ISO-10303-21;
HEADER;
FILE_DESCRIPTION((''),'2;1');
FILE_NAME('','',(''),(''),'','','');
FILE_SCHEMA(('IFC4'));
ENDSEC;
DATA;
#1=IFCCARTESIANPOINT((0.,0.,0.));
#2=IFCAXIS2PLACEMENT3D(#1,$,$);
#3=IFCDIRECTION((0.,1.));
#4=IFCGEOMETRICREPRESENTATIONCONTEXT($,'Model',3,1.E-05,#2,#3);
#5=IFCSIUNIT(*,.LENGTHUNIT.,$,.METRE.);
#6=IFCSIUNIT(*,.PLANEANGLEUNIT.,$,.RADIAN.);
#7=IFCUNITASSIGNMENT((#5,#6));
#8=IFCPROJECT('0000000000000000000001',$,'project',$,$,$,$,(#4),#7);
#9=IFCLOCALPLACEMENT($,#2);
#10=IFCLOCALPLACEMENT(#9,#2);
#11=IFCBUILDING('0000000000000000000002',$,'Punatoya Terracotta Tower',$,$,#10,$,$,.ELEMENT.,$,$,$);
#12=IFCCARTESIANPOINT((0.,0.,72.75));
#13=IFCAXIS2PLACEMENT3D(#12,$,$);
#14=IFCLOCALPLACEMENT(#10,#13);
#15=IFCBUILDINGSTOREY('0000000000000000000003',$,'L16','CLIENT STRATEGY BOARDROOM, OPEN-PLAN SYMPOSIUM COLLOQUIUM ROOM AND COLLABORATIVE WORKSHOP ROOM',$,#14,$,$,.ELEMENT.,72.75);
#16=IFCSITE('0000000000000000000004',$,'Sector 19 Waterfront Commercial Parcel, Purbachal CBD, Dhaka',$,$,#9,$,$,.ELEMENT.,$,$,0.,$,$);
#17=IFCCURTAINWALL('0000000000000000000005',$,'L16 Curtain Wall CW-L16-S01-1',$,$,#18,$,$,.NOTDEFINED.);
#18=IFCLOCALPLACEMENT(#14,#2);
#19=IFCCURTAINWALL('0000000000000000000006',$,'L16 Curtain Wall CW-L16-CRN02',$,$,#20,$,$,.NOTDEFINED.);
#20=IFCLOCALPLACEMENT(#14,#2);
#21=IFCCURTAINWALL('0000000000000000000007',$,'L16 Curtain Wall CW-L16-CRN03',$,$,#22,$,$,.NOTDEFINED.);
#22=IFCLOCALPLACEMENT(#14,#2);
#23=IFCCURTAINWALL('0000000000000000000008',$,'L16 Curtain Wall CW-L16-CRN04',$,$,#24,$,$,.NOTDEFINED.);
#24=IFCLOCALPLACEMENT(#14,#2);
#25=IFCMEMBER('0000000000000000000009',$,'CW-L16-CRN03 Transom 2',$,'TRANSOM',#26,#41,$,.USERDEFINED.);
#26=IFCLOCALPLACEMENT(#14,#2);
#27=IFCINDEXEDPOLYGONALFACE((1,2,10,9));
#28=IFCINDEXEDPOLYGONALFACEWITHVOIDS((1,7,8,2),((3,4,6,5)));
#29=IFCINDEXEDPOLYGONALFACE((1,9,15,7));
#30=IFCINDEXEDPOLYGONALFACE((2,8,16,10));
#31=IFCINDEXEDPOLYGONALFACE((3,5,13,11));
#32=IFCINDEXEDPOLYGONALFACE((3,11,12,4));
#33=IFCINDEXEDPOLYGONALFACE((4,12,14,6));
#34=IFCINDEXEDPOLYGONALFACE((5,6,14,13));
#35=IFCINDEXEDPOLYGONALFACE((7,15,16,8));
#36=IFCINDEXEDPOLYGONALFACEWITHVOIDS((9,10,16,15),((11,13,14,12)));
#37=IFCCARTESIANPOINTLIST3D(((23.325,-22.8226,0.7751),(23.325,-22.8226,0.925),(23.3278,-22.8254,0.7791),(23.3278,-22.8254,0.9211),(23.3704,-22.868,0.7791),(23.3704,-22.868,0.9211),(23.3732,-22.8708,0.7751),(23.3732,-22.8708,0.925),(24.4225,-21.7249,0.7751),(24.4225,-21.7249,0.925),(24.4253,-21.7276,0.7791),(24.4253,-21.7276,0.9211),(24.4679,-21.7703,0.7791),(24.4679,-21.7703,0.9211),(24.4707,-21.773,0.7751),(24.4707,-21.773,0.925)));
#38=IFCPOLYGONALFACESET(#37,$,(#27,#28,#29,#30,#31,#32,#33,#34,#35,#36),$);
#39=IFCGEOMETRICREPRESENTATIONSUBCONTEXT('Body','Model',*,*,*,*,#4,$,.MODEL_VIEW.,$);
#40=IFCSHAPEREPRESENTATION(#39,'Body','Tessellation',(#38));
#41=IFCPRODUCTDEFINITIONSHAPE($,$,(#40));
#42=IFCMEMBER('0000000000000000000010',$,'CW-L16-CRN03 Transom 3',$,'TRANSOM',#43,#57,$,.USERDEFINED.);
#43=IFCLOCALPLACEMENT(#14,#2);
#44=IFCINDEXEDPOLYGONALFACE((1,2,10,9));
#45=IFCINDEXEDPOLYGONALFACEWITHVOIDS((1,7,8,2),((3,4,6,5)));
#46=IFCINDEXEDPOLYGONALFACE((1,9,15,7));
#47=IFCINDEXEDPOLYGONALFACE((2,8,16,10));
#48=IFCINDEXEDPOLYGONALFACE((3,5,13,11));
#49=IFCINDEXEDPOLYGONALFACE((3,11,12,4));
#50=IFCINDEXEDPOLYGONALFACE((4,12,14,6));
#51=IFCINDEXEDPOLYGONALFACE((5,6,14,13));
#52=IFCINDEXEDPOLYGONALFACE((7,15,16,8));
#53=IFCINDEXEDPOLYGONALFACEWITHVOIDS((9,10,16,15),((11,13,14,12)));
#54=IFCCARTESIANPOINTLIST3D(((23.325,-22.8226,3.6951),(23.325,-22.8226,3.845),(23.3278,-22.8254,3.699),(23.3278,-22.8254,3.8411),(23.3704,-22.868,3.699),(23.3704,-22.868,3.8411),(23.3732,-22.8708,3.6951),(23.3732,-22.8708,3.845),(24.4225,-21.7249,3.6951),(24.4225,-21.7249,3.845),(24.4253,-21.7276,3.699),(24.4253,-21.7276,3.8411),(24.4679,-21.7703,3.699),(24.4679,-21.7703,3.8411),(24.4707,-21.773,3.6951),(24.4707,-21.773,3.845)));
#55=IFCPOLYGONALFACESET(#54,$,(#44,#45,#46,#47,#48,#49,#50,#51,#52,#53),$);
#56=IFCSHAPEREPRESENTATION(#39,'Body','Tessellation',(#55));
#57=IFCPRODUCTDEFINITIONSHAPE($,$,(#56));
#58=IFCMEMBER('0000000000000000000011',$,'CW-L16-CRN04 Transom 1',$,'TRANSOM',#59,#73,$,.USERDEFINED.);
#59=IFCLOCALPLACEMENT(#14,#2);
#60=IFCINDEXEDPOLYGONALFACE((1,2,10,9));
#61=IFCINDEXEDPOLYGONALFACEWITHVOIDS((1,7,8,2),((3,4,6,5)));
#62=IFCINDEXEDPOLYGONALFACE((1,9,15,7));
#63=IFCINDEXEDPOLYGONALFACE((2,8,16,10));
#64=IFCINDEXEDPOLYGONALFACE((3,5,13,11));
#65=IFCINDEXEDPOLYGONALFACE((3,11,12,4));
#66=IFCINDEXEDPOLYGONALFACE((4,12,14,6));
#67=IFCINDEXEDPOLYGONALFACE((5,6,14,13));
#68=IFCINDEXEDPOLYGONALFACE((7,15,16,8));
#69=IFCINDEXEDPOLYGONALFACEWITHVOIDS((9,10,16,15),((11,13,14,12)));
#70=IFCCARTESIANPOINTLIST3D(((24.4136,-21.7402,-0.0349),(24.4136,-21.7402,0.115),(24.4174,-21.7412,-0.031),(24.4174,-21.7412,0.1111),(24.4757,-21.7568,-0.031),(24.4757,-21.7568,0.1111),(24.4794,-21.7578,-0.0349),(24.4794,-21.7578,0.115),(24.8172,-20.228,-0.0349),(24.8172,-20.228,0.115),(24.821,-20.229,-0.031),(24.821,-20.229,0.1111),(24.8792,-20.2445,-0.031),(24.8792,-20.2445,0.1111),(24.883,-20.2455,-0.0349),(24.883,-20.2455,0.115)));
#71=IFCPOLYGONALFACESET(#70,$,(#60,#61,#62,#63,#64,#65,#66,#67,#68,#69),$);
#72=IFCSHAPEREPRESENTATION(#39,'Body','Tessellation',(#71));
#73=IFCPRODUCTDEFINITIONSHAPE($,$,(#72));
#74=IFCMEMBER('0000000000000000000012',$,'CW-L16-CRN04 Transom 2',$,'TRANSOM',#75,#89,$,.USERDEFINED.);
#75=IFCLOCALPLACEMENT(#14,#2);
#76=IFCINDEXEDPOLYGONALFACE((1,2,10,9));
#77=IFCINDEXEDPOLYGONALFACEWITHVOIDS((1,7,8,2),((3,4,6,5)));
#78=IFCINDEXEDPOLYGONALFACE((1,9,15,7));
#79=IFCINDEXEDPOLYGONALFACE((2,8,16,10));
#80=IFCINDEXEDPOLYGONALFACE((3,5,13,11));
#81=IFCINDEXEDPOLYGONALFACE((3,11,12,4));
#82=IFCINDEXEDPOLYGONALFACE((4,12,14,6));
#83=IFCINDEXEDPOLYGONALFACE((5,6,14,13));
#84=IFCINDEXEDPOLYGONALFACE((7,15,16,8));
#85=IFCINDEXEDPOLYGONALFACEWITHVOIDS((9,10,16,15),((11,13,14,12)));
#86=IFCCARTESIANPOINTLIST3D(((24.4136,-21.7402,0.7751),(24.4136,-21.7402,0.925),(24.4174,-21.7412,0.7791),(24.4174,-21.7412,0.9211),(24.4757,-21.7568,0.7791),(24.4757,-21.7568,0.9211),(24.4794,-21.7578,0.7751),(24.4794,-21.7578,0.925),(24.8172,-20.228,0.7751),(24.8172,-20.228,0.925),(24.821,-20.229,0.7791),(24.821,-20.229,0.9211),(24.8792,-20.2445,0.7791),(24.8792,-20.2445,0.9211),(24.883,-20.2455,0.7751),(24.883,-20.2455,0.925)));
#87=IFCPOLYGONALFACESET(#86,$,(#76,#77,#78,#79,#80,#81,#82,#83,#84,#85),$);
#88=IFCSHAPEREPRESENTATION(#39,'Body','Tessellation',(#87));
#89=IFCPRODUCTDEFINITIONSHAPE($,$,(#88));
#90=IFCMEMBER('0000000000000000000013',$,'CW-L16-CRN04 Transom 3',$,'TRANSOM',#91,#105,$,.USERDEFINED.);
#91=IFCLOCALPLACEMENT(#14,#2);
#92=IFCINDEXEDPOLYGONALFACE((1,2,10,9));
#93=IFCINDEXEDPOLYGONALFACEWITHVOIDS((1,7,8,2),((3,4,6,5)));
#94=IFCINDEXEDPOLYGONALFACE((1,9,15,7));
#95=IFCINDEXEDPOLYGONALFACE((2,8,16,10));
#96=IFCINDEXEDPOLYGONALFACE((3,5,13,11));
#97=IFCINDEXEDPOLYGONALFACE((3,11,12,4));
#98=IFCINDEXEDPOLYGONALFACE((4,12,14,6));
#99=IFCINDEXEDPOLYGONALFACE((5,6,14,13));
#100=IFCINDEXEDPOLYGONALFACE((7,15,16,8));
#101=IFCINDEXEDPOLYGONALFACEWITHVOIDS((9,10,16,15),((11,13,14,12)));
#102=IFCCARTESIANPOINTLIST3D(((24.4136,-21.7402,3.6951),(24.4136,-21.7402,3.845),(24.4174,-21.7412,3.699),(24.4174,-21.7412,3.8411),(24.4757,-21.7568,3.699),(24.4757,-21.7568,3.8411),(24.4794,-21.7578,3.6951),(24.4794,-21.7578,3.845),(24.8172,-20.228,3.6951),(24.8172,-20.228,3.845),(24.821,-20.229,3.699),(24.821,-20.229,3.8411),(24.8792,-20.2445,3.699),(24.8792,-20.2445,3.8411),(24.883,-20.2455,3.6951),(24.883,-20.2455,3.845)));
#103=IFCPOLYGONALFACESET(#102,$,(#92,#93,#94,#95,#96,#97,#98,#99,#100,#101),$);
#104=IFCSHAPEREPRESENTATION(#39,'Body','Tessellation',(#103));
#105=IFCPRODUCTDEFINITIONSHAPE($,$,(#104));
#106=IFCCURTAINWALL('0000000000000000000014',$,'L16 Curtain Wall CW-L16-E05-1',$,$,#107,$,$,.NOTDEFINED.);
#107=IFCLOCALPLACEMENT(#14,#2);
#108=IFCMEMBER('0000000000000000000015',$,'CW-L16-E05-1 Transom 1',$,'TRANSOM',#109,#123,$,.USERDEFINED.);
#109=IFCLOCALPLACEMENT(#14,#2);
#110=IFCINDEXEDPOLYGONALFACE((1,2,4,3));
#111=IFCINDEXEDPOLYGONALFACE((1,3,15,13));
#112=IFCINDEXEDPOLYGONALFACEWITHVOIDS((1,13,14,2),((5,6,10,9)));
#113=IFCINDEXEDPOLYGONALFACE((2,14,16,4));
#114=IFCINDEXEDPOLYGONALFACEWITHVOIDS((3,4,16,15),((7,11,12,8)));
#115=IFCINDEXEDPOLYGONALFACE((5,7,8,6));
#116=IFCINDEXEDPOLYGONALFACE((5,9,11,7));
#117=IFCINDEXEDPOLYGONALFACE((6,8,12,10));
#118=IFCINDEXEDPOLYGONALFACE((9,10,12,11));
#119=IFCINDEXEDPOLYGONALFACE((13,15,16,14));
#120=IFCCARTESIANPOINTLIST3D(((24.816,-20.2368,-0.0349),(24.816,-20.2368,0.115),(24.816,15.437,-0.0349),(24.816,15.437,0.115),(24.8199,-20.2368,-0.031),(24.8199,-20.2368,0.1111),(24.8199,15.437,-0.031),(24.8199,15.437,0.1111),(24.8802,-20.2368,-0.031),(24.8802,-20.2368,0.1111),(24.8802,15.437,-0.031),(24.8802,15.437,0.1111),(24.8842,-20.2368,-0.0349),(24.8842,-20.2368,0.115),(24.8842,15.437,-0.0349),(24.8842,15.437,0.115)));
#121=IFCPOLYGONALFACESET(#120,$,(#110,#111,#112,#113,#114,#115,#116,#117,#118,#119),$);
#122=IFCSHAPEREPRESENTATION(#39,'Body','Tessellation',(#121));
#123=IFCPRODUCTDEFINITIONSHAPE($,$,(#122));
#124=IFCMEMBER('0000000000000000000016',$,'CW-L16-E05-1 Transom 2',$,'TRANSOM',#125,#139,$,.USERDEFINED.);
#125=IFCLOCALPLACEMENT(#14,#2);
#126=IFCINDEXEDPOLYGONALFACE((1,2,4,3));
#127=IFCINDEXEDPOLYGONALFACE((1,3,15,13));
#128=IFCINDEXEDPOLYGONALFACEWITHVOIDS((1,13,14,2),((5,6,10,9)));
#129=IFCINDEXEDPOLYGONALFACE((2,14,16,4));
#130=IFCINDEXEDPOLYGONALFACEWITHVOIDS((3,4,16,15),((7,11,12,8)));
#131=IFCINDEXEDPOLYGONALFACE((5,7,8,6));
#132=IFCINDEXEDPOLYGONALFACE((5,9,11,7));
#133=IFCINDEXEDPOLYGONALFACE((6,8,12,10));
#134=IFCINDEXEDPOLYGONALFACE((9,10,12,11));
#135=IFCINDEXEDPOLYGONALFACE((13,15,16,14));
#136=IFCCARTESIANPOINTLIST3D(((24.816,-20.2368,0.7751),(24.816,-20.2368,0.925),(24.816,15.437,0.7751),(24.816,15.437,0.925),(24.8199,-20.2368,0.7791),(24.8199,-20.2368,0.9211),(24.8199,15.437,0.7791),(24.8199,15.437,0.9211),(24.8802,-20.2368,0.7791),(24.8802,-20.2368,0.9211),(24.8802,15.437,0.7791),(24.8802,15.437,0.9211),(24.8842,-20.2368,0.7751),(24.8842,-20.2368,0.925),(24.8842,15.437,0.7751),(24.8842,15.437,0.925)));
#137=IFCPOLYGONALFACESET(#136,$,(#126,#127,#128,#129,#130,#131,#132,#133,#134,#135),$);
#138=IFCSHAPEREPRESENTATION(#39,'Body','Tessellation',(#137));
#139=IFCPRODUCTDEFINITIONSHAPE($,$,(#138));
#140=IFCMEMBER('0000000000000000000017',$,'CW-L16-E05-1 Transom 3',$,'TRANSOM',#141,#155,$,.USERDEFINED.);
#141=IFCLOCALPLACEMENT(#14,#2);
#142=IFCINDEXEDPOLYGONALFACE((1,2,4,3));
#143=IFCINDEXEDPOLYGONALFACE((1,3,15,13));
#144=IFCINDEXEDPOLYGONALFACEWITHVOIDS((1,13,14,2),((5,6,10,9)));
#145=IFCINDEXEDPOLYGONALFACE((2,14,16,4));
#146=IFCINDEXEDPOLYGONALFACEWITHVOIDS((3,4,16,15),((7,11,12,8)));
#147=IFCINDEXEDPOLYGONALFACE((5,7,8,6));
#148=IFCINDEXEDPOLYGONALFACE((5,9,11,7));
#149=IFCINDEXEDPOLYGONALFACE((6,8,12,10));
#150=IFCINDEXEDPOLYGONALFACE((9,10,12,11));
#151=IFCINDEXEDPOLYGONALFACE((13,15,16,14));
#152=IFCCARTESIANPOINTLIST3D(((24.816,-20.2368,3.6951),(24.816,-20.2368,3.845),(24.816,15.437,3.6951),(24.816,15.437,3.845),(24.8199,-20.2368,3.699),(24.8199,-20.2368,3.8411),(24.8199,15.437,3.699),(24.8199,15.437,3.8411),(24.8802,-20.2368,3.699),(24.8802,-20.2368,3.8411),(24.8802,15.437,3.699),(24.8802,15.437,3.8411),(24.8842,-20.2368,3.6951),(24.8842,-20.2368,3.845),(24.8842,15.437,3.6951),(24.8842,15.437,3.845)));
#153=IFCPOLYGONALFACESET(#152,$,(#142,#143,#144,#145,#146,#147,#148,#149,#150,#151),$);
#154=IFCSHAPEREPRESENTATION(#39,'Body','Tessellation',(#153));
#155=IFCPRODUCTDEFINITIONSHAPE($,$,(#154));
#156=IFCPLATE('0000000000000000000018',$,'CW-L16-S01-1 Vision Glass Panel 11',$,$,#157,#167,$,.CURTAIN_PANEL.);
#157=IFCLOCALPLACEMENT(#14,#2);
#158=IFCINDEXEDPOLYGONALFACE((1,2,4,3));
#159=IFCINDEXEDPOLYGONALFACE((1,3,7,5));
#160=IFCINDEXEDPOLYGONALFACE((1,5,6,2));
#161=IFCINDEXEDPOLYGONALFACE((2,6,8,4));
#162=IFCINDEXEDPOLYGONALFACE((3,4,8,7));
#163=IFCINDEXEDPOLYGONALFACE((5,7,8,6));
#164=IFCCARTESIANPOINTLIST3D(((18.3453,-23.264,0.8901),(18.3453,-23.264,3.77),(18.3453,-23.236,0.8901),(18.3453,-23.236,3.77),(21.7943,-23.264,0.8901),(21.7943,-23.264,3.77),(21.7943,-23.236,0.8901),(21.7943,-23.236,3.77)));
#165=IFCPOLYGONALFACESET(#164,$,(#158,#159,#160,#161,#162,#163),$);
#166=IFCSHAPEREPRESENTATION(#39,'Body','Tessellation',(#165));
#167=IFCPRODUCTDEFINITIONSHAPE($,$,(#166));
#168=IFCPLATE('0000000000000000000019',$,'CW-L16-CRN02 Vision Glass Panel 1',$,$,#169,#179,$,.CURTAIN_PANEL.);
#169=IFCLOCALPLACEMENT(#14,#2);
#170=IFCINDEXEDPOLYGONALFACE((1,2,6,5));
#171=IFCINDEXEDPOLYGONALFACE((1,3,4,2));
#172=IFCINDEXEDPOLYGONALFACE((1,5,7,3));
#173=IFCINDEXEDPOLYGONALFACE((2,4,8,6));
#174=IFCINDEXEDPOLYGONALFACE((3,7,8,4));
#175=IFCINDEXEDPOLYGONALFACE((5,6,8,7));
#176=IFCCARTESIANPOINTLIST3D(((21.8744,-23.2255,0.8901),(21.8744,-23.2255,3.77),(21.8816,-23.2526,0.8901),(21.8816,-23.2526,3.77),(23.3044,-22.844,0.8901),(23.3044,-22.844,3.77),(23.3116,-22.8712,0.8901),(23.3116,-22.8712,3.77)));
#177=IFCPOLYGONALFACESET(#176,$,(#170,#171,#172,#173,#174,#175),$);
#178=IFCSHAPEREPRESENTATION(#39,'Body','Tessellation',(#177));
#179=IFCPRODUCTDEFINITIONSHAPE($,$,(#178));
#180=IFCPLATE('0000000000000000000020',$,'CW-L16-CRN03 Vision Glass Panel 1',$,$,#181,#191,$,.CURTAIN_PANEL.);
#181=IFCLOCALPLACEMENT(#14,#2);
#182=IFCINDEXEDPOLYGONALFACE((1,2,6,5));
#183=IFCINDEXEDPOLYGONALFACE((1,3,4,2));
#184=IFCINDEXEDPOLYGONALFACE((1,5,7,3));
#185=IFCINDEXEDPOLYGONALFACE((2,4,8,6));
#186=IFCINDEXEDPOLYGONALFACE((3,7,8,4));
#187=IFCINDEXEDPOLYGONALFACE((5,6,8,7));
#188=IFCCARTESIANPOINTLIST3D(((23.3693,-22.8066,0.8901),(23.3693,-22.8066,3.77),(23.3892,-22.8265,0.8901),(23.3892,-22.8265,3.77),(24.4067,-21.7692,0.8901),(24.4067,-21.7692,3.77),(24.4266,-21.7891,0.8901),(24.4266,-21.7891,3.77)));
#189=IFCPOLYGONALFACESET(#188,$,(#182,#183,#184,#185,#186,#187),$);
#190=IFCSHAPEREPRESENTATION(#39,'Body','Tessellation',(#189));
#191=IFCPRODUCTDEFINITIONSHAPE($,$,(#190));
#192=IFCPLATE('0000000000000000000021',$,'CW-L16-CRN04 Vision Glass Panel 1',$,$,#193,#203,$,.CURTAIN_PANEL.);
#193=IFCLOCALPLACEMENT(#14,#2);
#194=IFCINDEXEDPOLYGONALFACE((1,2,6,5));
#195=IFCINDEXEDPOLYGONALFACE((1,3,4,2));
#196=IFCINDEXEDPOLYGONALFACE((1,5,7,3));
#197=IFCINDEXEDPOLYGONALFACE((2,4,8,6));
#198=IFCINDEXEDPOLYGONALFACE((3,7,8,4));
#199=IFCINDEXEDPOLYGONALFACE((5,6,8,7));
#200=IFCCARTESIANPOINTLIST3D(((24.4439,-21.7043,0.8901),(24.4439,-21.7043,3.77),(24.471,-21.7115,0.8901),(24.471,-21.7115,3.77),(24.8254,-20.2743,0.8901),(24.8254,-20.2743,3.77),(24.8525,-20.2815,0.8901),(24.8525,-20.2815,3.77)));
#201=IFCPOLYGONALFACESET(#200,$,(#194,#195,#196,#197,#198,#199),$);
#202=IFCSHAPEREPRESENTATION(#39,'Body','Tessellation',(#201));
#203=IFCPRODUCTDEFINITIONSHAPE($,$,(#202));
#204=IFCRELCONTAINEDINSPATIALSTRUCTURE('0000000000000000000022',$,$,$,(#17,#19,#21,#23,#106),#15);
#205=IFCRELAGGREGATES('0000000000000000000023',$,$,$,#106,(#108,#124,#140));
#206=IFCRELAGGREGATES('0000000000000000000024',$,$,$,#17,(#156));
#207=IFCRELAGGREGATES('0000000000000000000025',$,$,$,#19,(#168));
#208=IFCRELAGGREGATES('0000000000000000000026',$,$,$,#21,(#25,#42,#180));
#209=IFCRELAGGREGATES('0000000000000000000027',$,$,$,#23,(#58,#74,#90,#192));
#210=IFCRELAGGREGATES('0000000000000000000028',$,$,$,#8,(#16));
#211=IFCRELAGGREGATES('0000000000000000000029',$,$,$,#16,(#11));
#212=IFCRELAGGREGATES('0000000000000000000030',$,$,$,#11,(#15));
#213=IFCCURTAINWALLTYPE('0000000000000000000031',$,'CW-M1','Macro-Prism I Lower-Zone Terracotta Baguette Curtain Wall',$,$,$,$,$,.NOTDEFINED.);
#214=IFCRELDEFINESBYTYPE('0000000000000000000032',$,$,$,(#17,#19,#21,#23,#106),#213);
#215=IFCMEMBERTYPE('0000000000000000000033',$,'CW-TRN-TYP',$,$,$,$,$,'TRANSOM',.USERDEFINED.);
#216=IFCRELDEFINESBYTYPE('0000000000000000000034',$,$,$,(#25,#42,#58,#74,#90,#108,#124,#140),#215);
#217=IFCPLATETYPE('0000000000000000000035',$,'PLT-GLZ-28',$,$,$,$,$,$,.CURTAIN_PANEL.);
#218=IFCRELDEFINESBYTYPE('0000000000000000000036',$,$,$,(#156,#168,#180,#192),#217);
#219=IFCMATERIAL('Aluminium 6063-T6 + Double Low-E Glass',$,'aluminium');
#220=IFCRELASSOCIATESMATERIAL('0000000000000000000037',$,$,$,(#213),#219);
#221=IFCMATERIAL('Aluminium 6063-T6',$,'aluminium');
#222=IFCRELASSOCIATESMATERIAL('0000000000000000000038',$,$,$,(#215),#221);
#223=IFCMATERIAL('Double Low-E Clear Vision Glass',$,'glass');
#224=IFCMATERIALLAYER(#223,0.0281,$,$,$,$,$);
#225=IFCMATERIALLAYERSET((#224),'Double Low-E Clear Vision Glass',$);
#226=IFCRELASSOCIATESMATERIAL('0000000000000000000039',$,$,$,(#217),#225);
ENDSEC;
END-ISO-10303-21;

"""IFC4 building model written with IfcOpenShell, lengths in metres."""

from ifc_helpers import new_model, si_unit, direction, frame, origin, origin_2d, place, context, subcontext, project, spatial, rectangle, hollow_rectangle, extrude, material, layer, layer_set, material_profile, profile_set, type_object, element, aggregate, save


model = new_model("IFC4")

# Units and contexts
model_context = context("Model", 3, precision=1e-05, world=origin(), true_north=direction((0.0, 1.0)))
body_context = subcontext(model_context, "Body", "Model", "MODEL_VIEW")
ifc_project = project(units=[si_unit("LENGTHUNIT", "METRE"), si_unit("PLANEANGLEUNIT", "RADIAN")], contexts=[model_context])

# Site, building, storey
site_placement = place(None, origin())
site = spatial("IfcSite", under=ifc_project, at=site_placement, Name="Sector 19 Waterfront Commercial Parcel, Purbachal CBD, Dhaka", CompositionType="ELEMENT", RefElevation=0.0)
building_placement = place(site_placement, origin())
building = spatial("IfcBuilding", under=site, at=building_placement, Name="Punatoya Terracotta Tower", CompositionType="ELEMENT")
storey_placement = place(building_placement, frame((0.0, 0.0, 72.75)))
storey = spatial("IfcBuildingStorey", under=building, at=storey_placement, Name="L16", Description="CLIENT STRATEGY BOARDROOM, OPEN-PLAN SYMPOSIUM COLLOQUIUM ROOM AND COLLABORATIVE WORKSHOP ROOM", CompositionType="ELEMENT", Elevation=72.75)

# Curtain wall
ifc_material_1 = material(Name="Aluminium 6063-T6 + Double Low-E Glass", Category="aluminium")
curtain_wall_type = type_object("IfcCurtainWallType", Name="CW-M1", Description="Macro-Prism I Lower-Zone Terracotta Baguette Curtain Wall", PredefinedType="NOTDEFINED", material=ifc_material_1)
curtain_wall_1_placement = place(storey_placement, origin())
curtain_wall_1 = element("IfcCurtainWall", 1, at=curtain_wall_1_placement, inside=storey, type_object=curtain_wall_type, Name="L16 Curtain Wall CW-L16-S01-1", PredefinedType="NOTDEFINED")
ifc_material_2 = material(Name="Aluminium 6063-T6", Category="aluminium")

# Curtain walls
curtain_wall_2_placement = place(storey_placement, origin())
curtain_wall_2 = element("IfcCurtainWall", 2, at=curtain_wall_2_placement, inside=storey, type_object=curtain_wall_type, Name="L16 Curtain Wall CW-L16-CRN02", PredefinedType="NOTDEFINED")
curtain_wall_3_placement = place(storey_placement, origin())
curtain_wall_3 = element("IfcCurtainWall", 3, at=curtain_wall_3_placement, inside=storey, type_object=curtain_wall_type, Name="L16 Curtain Wall CW-L16-CRN03", PredefinedType="NOTDEFINED")
curtain_wall_4_placement = place(storey_placement, origin())
curtain_wall_4 = element("IfcCurtainWall", 4, at=curtain_wall_4_placement, inside=storey, type_object=curtain_wall_type, Name="L16 Curtain Wall CW-L16-CRN04", PredefinedType="NOTDEFINED")

# Members
ifc_material_profile_1 = material_profile(ifc_material_2, hollow_rectangle(XDim=0.0681, YDim=0.1499, WallThickness=0.0039, at=origin_2d()))
ifc_profile_set_1 = profile_set([ifc_material_profile_1], Name="Aluminium 6063-T6")
member_type_1 = type_object("IfcMemberType", Name="CW-TRN-TYP", ElementType="TRANSOM", PredefinedType="USERDEFINED", material=ifc_profile_set_1)
member_1_placement = place(storey_placement, frame((23.3491, -22.8467, 0.8501), z_axis=(0.707028, 0.707185, 0.0), x_axis=(-0.707185, 0.707028, 0.0)))
member_1 = element("IfcMember", 5, at=member_1_placement, type_object=member_type_1, Name="CW-L16-CRN03 Transom 2", ObjectType="TRANSOM", PredefinedType="USERDEFINED", context=body_context, shape_type="SweptSolid", body=[
    extrude(hollow_rectangle(XDim=0.0681, YDim=0.1499, WallThickness=0.0039, at=origin_2d()), origin(), (0.0, 0.0, 1.0), 1.5522),
])
member_2_placement = place(storey_placement, frame((23.3491, -22.8467, 3.77), z_axis=(0.707028, 0.707185, 0.0), x_axis=(-0.707185, 0.707028, 0.0)))
member_2 = element("IfcMember", 6, at=member_2_placement, type_object=member_type_1, Name="CW-L16-CRN03 Transom 3", ObjectType="TRANSOM", PredefinedType="USERDEFINED", context=body_context, shape_type="SweptSolid", body=[
    extrude(hollow_rectangle(XDim=0.0681, YDim=0.1499, WallThickness=0.0039, at=origin_2d()), origin(), (0.0, 0.0, 1.0), 1.5522),
])
member_3_placement = place(storey_placement, frame((24.4465, -21.749, 0.04), z_axis=(0.257847, 0.966186, 0.0), x_axis=(-0.966186, 0.257847, 0.0)))
member_3 = element("IfcMember", 7, at=member_3_placement, type_object=member_type_1, Name="CW-L16-CRN04 Transom 1", ObjectType="TRANSOM", PredefinedType="USERDEFINED", context=body_context, shape_type="SweptSolid", body=[
    extrude(hollow_rectangle(XDim=0.0681, YDim=0.1499, WallThickness=0.0039, at=origin_2d()), origin(), (0.0, 0.0, 1.0), 1.5652),
])
member_4_placement = place(storey_placement, frame((24.4465, -21.749, 0.8501), z_axis=(0.257847, 0.966186, 0.0), x_axis=(-0.966186, 0.257847, 0.0)))
member_4 = element("IfcMember", 8, at=member_4_placement, type_object=member_type_1, Name="CW-L16-CRN04 Transom 2", ObjectType="TRANSOM", PredefinedType="USERDEFINED", context=body_context, shape_type="SweptSolid", body=[
    extrude(hollow_rectangle(XDim=0.0681, YDim=0.1499, WallThickness=0.0039, at=origin_2d()), origin(), (0.0, 0.0, 1.0), 1.5652),
])
member_5_placement = place(storey_placement, frame((24.4465, -21.749, 3.77), z_axis=(0.257847, 0.966186, 0.0), x_axis=(-0.966186, 0.257847, 0.0)))
member_5 = element("IfcMember", 9, at=member_5_placement, type_object=member_type_1, Name="CW-L16-CRN04 Transom 3", ObjectType="TRANSOM", PredefinedType="USERDEFINED", context=body_context, shape_type="SweptSolid", body=[
    extrude(hollow_rectangle(XDim=0.0681, YDim=0.1499, WallThickness=0.0039, at=origin_2d()), origin(), (0.0, 0.0, 1.0), 1.5652),
])

# Curtain wall, members
curtain_wall_5_placement = place(storey_placement, origin())
curtain_wall_5 = element("IfcCurtainWall", 10, at=curtain_wall_5_placement, inside=storey, type_object=curtain_wall_type, Name="L16 Curtain Wall CW-L16-E05-1", PredefinedType="NOTDEFINED")
member_6_placement = place(storey_placement, frame((24.8501, -20.2368, 0.04), z_axis=(0.0, 1.0, 0.0), x_axis=(-1.0, 0.0, 0.0)))
member_6 = element("IfcMember", 11, at=member_6_placement, type_object=member_type_1, Name="CW-L16-E05-1 Transom 1", ObjectType="TRANSOM", PredefinedType="USERDEFINED", context=body_context, shape_type="SweptSolid", body=[
    extrude(hollow_rectangle(XDim=0.0681, YDim=0.1499, WallThickness=0.0039, at=origin_2d()), origin(), (0.0, 0.0, 1.0), 35.6738),
])
member_7_placement = place(storey_placement, frame((24.8501, -20.2368, 0.8501), z_axis=(0.0, 1.0, 0.0), x_axis=(-1.0, 0.0, 0.0)))
member_7 = element("IfcMember", 12, at=member_7_placement, type_object=member_type_1, Name="CW-L16-E05-1 Transom 2", ObjectType="TRANSOM", PredefinedType="USERDEFINED", context=body_context, shape_type="SweptSolid", body=[
    extrude(hollow_rectangle(XDim=0.0681, YDim=0.1499, WallThickness=0.0039, at=origin_2d()), origin(), (0.0, 0.0, 1.0), 35.6738),
])
member_8_placement = place(storey_placement, frame((24.8501, -20.2368, 3.77), z_axis=(0.0, 1.0, 0.0), x_axis=(-1.0, 0.0, 0.0)))
member_8 = element("IfcMember", 13, at=member_8_placement, type_object=member_type_1, Name="CW-L16-E05-1 Transom 3", ObjectType="TRANSOM", PredefinedType="USERDEFINED", context=body_context, shape_type="SweptSolid", body=[
    extrude(hollow_rectangle(XDim=0.0681, YDim=0.1499, WallThickness=0.0039, at=origin_2d()), origin(), (0.0, 0.0, 1.0), 35.6738),
])
aggregate(curtain_wall_5, [member_6, member_7, member_8])

# Plates
ifc_material_3 = material(Name="Double Low-E Clear Vision Glass", Category="glass")
ifc_layer_1 = layer(ifc_material_3, 0.0281)
ifc_layer_set_1 = layer_set([ifc_layer_1], Name="Double Low-E Clear Vision Glass")
plate_type_1 = type_object("IfcPlateType", Name="PLT-GLZ-28", PredefinedType="CURTAIN_PANEL", material=ifc_layer_set_1)
plate_1_placement = place(storey_placement, frame((20.0698, -23.25, 0.8901), z_axis=(0.0, 0.0, 1.0), x_axis=(1.0, 0.0, 0.0)))
plate_1 = element("IfcPlate", 14, at=plate_1_placement, type_object=plate_type_1, Name="CW-L16-S01-1 Vision Glass Panel 11", PredefinedType="CURTAIN_PANEL", context=body_context, shape_type="SweptSolid", body=[
    extrude(rectangle(XDim=3.449, YDim=0.0281, at=origin_2d()), origin(), (0.0, 0.0, 1.0), 2.8799),
])
plate_2_placement = place(storey_placement, frame((22.593, -23.0483, 0.8901), z_axis=(0.0, 0.0, 1.0), x_axis=(0.966214, 0.257742, 0.0)))
plate_2 = element("IfcPlate", 15, at=plate_2_placement, type_object=plate_type_1, Name="CW-L16-CRN02 Vision Glass Panel 1", PredefinedType="CURTAIN_PANEL", context=body_context, shape_type="SweptSolid", body=[
    extrude(rectangle(XDim=1.48, YDim=0.0281, at=origin_2d()), origin(), (0.0, 0.0, 1.0), 2.8799),
])
plate_3_placement = place(storey_placement, frame((23.8979, -22.2979, 0.8901), z_axis=(0.0, 0.0, 1.0), x_axis=(0.707107, 0.707107, 0.0)))
plate_3 = element("IfcPlate", 16, at=plate_3_placement, type_object=plate_type_1, Name="CW-L16-CRN03 Vision Glass Panel 1", PredefinedType="CURTAIN_PANEL", context=body_context, shape_type="SweptSolid", body=[
    extrude(rectangle(XDim=1.467, YDim=0.0281, at=origin_2d()), origin(), (0.0, 0.0, 1.0), 2.8799),
])
plate_4_placement = place(storey_placement, frame((24.6482, -20.9929, 0.8901), z_axis=(0.0, 0.0, 1.0), x_axis=(0.257742, 0.966214, 0.0)))
plate_4 = element("IfcPlate", 17, at=plate_4_placement, type_object=plate_type_1, Name="CW-L16-CRN04 Vision Glass Panel 1", PredefinedType="CURTAIN_PANEL", context=body_context, shape_type="SweptSolid", body=[
    extrude(rectangle(XDim=1.48, YDim=0.0281, at=origin_2d()), origin(), (0.0, 0.0, 1.0), 2.8799),
])
aggregate(curtain_wall_1, [plate_1])
aggregate(curtain_wall_2, [plate_2])
aggregate(curtain_wall_3, [member_1, member_2, plate_3])
aggregate(curtain_wall_4, [member_3, member_4, member_5, plate_4])

save(model, "model.ifc")
